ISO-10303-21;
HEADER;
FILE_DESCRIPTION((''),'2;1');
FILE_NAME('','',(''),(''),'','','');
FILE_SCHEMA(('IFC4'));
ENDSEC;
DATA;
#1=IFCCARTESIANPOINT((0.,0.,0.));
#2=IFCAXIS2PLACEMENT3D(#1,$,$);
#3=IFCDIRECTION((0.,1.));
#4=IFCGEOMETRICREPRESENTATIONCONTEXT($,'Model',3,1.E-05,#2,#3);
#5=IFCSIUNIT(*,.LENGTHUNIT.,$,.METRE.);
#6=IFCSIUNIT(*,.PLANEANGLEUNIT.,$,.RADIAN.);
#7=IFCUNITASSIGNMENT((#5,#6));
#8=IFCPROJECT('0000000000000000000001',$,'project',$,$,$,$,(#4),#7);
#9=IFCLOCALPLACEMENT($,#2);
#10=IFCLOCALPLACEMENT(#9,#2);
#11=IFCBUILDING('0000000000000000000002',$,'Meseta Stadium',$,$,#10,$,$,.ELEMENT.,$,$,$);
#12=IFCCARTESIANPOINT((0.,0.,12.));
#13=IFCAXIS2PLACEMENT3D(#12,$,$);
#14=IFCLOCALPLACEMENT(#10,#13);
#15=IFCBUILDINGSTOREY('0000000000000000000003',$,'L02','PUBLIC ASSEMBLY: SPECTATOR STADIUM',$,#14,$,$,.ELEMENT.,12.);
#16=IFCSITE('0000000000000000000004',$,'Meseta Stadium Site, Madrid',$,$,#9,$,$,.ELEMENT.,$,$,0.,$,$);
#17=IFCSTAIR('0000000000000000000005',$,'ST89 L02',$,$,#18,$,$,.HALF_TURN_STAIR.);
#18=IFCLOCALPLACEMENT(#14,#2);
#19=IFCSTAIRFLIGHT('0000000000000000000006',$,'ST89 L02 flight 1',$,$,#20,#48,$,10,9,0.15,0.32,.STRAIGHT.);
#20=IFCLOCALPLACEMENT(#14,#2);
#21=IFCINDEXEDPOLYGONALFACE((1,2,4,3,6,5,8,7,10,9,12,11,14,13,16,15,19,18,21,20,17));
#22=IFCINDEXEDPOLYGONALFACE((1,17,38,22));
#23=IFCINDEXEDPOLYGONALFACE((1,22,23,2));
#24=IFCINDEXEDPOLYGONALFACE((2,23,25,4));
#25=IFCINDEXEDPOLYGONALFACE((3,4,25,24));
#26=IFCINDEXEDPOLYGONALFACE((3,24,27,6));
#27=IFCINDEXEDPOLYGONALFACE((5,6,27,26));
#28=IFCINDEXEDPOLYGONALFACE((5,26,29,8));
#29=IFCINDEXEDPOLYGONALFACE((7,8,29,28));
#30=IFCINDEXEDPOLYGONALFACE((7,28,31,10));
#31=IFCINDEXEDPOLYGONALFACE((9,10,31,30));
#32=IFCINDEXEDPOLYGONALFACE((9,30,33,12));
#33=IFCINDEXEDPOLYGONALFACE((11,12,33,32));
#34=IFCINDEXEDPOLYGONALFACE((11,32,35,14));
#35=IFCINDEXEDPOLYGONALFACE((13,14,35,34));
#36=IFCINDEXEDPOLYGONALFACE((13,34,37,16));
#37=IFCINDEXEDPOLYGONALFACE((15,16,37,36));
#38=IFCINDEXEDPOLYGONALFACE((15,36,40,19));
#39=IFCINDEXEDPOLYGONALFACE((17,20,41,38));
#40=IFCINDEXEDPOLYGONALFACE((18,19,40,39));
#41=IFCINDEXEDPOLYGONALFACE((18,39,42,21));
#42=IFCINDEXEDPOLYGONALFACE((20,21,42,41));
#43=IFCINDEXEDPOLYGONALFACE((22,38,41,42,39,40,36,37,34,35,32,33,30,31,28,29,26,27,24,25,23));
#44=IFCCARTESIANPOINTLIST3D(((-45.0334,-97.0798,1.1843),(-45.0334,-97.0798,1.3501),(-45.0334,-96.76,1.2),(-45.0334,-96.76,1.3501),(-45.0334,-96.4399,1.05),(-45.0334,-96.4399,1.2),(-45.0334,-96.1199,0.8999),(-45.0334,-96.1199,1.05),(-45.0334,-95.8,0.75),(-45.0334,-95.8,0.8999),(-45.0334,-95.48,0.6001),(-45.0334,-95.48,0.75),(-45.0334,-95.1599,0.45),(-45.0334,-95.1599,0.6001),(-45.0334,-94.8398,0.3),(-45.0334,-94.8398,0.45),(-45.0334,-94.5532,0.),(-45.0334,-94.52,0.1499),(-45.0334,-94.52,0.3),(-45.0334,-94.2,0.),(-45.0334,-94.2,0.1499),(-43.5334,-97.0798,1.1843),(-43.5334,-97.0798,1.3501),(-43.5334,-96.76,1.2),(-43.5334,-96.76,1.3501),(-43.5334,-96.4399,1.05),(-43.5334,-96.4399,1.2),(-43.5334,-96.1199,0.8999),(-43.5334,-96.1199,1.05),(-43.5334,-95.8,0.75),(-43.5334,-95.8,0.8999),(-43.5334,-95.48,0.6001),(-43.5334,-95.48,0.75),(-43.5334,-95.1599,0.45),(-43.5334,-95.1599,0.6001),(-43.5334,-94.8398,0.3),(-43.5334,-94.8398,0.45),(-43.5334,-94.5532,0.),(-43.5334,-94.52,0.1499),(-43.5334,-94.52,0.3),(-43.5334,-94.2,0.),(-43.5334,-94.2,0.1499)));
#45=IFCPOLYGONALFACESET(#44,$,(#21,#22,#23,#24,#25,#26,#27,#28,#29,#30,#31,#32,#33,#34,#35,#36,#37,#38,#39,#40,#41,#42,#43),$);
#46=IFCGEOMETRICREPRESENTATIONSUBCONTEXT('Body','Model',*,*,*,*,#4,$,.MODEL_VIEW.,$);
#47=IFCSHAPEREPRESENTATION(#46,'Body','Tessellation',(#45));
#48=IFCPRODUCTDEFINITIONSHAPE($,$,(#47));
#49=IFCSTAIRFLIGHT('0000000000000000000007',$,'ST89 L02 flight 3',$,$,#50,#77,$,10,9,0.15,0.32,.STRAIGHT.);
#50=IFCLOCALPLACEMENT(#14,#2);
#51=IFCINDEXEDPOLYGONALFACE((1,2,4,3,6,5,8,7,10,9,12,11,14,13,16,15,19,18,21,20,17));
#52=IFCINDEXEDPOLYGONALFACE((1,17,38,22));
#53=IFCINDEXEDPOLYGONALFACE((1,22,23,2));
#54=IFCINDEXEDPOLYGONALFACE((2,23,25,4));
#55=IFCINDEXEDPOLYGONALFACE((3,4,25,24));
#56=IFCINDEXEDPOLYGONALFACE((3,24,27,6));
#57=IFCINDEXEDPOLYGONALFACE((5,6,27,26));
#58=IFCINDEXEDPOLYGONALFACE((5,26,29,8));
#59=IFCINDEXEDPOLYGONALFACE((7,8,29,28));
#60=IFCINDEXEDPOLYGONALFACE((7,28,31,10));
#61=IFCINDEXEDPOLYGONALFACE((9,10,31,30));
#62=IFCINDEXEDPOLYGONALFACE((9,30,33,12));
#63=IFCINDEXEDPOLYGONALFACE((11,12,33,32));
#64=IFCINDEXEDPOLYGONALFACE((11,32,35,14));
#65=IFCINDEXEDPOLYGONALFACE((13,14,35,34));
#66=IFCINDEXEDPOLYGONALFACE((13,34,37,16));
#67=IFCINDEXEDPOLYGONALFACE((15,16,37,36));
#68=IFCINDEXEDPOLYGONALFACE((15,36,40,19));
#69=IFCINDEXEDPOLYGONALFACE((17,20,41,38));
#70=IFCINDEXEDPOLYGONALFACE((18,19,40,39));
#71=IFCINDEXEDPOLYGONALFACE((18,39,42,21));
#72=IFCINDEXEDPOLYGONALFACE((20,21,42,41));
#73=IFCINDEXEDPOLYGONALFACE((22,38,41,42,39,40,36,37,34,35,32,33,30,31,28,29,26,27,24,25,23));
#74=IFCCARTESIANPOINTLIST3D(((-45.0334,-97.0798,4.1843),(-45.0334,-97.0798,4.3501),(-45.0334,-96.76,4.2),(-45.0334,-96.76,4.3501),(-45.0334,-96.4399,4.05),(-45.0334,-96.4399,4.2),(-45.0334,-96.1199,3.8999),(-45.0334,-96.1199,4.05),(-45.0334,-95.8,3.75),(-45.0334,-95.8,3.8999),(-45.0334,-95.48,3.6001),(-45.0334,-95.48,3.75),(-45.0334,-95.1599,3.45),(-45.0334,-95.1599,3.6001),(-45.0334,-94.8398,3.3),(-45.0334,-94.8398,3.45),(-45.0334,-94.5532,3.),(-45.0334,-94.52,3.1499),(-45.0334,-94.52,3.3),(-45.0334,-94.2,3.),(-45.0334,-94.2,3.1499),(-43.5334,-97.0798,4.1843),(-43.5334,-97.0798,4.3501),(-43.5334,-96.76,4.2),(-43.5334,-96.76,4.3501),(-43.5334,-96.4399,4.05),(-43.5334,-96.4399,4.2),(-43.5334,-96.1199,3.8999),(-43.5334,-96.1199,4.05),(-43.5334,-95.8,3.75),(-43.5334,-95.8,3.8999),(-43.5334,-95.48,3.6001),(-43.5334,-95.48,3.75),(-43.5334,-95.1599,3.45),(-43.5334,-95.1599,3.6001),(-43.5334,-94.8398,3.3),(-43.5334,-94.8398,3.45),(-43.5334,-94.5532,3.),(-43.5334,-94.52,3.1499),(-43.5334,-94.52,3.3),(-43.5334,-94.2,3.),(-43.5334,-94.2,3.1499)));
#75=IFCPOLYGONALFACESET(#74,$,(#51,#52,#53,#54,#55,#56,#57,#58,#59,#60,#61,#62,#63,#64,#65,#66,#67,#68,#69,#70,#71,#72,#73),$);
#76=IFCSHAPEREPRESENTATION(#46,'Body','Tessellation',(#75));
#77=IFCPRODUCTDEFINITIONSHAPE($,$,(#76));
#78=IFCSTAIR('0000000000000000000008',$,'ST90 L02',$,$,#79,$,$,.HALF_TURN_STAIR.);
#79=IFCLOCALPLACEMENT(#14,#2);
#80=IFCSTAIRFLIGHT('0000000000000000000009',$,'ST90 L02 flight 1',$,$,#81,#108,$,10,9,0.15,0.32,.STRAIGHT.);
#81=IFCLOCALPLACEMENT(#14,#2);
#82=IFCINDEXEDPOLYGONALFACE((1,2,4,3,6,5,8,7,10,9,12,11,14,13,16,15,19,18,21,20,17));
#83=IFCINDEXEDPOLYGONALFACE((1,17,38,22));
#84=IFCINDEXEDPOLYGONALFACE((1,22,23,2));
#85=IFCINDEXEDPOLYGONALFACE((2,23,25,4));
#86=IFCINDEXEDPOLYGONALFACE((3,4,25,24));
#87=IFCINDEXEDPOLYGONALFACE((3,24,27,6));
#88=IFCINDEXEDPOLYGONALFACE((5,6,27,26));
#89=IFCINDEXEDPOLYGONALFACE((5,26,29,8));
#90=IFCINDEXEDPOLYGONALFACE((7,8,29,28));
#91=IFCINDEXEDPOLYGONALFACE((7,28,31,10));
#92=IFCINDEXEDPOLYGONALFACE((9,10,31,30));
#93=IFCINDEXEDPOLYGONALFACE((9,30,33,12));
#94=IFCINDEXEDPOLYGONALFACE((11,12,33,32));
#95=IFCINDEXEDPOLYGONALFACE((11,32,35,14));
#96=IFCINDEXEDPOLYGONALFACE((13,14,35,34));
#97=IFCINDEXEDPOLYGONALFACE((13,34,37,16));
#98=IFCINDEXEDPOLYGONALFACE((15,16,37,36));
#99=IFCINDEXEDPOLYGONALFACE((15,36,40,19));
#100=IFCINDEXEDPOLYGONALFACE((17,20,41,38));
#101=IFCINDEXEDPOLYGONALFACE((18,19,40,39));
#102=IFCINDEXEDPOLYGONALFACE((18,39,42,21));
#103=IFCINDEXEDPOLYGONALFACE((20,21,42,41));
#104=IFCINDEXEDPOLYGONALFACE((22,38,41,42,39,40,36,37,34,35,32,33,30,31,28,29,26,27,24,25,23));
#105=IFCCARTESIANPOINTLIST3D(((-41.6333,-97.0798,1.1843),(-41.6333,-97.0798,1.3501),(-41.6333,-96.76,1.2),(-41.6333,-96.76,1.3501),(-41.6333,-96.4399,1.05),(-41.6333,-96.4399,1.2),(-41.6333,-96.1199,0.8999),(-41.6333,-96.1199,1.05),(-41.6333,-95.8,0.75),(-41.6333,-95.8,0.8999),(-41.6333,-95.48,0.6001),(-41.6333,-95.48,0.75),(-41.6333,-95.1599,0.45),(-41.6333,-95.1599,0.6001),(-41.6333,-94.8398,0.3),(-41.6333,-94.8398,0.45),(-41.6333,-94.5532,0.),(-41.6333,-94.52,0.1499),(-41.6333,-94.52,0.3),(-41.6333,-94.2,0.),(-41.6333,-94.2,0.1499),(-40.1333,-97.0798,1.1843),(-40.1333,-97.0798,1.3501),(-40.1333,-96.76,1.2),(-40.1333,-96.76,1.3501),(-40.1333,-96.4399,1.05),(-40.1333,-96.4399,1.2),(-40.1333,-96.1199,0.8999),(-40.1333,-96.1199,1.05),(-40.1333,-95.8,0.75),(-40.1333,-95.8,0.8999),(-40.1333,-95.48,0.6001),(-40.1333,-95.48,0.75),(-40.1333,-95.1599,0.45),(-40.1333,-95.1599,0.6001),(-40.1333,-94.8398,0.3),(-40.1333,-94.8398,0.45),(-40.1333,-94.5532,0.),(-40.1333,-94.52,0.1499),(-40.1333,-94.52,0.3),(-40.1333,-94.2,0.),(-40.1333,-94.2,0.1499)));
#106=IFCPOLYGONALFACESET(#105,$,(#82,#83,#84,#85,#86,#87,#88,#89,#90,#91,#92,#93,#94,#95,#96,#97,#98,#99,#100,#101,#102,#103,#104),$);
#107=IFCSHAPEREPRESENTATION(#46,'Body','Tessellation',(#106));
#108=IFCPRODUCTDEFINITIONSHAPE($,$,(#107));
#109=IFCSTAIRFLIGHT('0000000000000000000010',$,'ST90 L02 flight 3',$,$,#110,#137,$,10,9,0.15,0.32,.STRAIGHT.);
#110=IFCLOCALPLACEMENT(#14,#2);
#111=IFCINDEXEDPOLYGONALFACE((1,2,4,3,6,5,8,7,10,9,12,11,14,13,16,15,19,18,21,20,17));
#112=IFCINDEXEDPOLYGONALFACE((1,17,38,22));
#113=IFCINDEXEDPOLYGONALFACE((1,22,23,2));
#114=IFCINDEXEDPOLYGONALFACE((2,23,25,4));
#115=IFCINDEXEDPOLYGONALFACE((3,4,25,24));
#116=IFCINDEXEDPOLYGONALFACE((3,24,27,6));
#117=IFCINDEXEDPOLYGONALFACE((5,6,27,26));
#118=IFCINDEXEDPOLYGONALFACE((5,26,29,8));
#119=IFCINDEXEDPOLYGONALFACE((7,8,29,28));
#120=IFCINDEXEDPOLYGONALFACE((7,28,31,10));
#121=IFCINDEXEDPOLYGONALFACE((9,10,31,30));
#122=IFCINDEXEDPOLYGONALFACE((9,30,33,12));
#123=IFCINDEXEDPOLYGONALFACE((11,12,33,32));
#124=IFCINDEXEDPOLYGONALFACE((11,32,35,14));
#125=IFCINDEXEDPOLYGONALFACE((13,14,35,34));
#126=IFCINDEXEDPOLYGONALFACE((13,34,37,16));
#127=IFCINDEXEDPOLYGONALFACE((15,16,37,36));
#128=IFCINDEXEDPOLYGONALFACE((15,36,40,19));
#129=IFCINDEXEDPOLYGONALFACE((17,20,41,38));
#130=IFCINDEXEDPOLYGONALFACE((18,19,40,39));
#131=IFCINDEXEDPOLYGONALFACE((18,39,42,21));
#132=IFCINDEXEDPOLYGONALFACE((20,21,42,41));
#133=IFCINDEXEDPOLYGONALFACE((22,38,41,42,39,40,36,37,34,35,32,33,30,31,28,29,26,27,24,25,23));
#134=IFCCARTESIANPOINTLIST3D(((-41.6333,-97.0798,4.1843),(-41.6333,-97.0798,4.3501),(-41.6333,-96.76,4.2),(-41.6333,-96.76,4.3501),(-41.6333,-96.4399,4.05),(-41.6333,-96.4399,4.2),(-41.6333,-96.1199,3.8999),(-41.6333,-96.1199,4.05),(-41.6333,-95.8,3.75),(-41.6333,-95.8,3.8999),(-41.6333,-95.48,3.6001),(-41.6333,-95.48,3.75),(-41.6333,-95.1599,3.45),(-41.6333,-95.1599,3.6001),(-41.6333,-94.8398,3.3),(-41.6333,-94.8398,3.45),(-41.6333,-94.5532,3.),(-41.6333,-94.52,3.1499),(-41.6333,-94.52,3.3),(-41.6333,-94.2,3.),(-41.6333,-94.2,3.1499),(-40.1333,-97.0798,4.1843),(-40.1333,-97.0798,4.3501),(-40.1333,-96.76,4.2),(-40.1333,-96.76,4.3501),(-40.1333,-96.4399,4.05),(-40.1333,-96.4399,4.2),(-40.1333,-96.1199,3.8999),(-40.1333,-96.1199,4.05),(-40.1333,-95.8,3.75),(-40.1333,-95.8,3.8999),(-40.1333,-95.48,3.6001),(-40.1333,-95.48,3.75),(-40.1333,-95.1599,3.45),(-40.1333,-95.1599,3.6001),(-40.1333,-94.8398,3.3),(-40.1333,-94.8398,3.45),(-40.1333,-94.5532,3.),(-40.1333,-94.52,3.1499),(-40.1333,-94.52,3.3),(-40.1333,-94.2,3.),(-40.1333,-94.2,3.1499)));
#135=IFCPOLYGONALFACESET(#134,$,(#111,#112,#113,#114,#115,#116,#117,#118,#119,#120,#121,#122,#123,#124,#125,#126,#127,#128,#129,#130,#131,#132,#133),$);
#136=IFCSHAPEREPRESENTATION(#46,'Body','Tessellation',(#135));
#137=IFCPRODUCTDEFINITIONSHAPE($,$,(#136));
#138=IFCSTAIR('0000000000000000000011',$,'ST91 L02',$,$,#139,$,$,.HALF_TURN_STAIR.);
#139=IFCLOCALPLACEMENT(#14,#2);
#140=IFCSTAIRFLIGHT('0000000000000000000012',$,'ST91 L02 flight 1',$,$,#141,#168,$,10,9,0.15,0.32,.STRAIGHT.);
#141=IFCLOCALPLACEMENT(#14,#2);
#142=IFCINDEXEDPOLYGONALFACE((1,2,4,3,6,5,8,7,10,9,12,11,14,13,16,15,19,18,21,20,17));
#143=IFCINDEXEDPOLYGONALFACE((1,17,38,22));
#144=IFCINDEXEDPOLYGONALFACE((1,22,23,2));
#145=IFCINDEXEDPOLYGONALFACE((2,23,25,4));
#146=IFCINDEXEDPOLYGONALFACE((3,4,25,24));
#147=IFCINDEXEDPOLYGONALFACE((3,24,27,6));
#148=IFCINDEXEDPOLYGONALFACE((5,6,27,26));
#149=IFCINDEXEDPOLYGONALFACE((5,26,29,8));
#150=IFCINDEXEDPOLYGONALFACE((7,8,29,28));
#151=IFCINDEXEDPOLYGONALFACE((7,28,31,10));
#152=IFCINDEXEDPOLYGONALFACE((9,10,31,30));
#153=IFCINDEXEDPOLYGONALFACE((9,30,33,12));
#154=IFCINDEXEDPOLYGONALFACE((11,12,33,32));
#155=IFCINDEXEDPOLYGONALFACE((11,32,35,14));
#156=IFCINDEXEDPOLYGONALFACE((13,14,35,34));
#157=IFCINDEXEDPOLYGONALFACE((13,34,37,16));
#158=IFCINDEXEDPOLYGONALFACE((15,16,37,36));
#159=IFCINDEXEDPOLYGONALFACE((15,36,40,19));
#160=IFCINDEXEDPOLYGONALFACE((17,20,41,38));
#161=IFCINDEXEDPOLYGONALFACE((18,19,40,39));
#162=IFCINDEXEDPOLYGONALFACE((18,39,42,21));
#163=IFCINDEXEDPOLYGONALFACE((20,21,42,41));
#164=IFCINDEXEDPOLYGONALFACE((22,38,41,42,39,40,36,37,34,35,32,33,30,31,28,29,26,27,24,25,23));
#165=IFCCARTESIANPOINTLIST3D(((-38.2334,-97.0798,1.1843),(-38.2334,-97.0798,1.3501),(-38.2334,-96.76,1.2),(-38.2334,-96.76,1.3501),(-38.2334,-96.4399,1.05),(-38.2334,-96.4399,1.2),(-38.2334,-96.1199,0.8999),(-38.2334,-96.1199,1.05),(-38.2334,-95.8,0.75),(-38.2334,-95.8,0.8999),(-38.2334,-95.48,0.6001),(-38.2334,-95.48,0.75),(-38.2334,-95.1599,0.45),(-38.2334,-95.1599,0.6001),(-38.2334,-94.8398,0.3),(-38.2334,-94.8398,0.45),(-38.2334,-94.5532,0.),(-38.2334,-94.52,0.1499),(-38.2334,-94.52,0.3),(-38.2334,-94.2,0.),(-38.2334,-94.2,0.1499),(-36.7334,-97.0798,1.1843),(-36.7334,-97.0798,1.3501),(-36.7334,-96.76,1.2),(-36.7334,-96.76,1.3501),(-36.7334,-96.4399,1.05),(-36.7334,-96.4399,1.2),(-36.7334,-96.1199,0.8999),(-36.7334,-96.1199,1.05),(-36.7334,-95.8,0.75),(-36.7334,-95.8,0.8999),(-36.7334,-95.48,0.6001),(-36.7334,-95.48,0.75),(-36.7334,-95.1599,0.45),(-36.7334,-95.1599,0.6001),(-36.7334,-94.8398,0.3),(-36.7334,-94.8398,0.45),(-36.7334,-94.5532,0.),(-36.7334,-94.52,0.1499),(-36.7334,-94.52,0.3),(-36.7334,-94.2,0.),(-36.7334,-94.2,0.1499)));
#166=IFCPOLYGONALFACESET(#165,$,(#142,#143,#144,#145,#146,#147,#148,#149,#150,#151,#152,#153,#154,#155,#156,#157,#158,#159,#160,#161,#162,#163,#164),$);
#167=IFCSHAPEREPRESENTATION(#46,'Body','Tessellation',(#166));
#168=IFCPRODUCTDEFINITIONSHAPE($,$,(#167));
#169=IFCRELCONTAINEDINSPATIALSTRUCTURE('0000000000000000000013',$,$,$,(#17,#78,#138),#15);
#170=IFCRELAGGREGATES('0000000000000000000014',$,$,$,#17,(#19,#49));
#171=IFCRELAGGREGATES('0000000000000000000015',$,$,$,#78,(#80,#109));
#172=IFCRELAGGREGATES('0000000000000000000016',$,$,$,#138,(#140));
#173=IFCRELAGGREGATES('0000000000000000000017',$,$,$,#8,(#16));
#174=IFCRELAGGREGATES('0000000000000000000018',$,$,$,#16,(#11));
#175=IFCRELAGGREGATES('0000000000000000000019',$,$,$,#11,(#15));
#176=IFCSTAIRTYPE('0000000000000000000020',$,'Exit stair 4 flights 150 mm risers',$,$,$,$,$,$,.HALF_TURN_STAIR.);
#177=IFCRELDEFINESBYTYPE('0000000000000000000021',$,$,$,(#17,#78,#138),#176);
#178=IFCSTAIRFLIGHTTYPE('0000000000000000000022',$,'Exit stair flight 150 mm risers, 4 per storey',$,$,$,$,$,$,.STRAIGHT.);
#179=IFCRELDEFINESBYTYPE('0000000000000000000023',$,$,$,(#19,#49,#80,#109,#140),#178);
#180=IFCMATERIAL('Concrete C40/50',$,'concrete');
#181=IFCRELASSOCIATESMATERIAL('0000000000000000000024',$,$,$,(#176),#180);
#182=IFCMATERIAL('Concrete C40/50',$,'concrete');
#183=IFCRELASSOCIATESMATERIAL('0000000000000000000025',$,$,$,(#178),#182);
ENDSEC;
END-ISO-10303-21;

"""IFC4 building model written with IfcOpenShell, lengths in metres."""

from ifc_helpers import new_model, si_unit, direction, frame, origin, place, context, subcontext, project, spatial, polyline, outline, extrude, material, type_object, element, aggregate, save


model = new_model("IFC4")

# Units and contexts
model_context = context("Model", 3, precision=1e-05, world=origin(), true_north=direction((0.0, 1.0)))
body_context = subcontext(model_context, "Body", "Model", "MODEL_VIEW")
ifc_project = project(units=[si_unit("LENGTHUNIT", "METRE"), si_unit("PLANEANGLEUNIT", "RADIAN")], contexts=[model_context])

# Site, building, storey
site_placement = place(None, origin())
site = spatial("IfcSite", under=ifc_project, at=site_placement, Name="Meseta Stadium Site, Madrid", CompositionType="ELEMENT", RefElevation=0.0)
building_placement = place(site_placement, origin())
building = spatial("IfcBuilding", under=site, at=building_placement, Name="Meseta Stadium", CompositionType="ELEMENT")
storey_placement = place(building_placement, frame((0.0, 0.0, 12.0)))
storey = spatial("IfcBuildingStorey", under=building, at=storey_placement, Name="L02", Description="PUBLIC ASSEMBLY: SPECTATOR STADIUM", CompositionType="ELEMENT", Elevation=12.0)

# Stairs, stair flights
ifc_material_1 = material(Name="Concrete C40/50", Category="concrete")
stair_type = type_object("IfcStairType", Name="Exit stair 4 flights 150 mm risers", PredefinedType="HALF_TURN_STAIR", material=ifc_material_1)
stair_1_placement = place(storey_placement, origin())
stair_1 = element("IfcStair", 1, at=stair_1_placement, inside=storey, type_object=stair_type, Name="ST89 L02", PredefinedType="HALF_TURN_STAIR")
ifc_material_2 = material(Name="Concrete C40/50", Category="concrete")
stair_flight_type = type_object("IfcStairFlightType", Name="Exit stair flight 150 mm risers, 4 per storey", PredefinedType="STRAIGHT", material=ifc_material_2)
stair_flight_1_placement = place(storey_placement, frame((-44.2834, -94.2, 0.0), z_axis=(0.0, 0.0, 1.0), x_axis=(0.0, -1.0, 0.0)))
stair_flight_1 = element("IfcStairFlight", 2, at=stair_flight_1_placement, type_object=stair_flight_type, Name="ST89 L02 flight 1", NumberOfRisers=10, NumberOfTreads=9, PredefinedType="STRAIGHT", RiserHeight=0.15, TreadLength=0.32, context=body_context, shape_type="SweptSolid", body=[
    extrude(outline(polyline([(0.0, 0.0), (0.0, 0.1499), (0.3201, 0.1499), (0.3201, 0.3), (0.6399, 0.3), (0.6399, 0.45), (0.96, 0.45), (0.96, 0.6001), (1.28, 0.6001), (1.28, 0.75), (1.6001, 0.75), (1.6001, 0.8999), (1.9199, 0.8999), (1.9199, 1.05), (2.24, 1.05), (2.24, 1.2), (2.5601, 1.2), (2.5601, 1.3501), (2.8799, 1.3501), (2.8799, 1.1843), (0.3533, 0.0), (0.0, 0.0)])), frame((0.0, 0.75, 0.0), z_axis=(0.0, -1.0, 0.0), x_axis=(1.0, 0.0, 0.0)), (0.0, 0.0, 1.0), 1.5),
])
stair_flight_2_placement = place(storey_placement, frame((-44.2834, -94.2, 3.0), z_axis=(0.0, 0.0, 1.0), x_axis=(0.0, -1.0, 0.0)))
stair_flight_2 = element("IfcStairFlight", 3, at=stair_flight_2_placement, type_object=stair_flight_type, Name="ST89 L02 flight 3", NumberOfRisers=10, NumberOfTreads=9, PredefinedType="STRAIGHT", RiserHeight=0.15, TreadLength=0.32, context=body_context, shape_type="SweptSolid", body=[
    extrude(outline(polyline([(0.0, 0.0), (0.0, 0.1499), (0.3201, 0.1499), (0.3201, 0.3), (0.6399, 0.3), (0.6399, 0.45), (0.96, 0.45), (0.96, 0.6001), (1.28, 0.6001), (1.28, 0.75), (1.6001, 0.75), (1.6001, 0.8999), (1.9199, 0.8999), (1.9199, 1.05), (2.24, 1.05), (2.24, 1.2), (2.5601, 1.2), (2.5601, 1.3501), (2.8799, 1.3501), (2.8799, 1.1843), (0.3533, 0.0), (0.0, 0.0)])), frame((0.0, 0.75, 0.0), z_axis=(0.0, -1.0, 0.0), x_axis=(1.0, 0.0, 0.0)), (0.0, 0.0, 1.0), 1.5),
])
aggregate(stair_1, [stair_flight_1, stair_flight_2])
stair_2_placement = place(storey_placement, origin())
stair_2 = element("IfcStair", 4, at=stair_2_placement, inside=storey, type_object=stair_type, Name="ST90 L02", PredefinedType="HALF_TURN_STAIR")
stair_flight_3_placement = place(storey_placement, frame((-40.8833, -94.2, 0.0), z_axis=(0.0, 0.0, 1.0), x_axis=(0.0, -1.0, 0.0)))
stair_flight_3 = element("IfcStairFlight", 5, at=stair_flight_3_placement, type_object=stair_flight_type, Name="ST90 L02 flight 1", NumberOfRisers=10, NumberOfTreads=9, PredefinedType="STRAIGHT", RiserHeight=0.15, TreadLength=0.32, context=body_context, shape_type="SweptSolid", body=[
    extrude(outline(polyline([(0.0, 0.0), (0.0, 0.1499), (0.3201, 0.1499), (0.3201, 0.3), (0.6399, 0.3), (0.6399, 0.45), (0.96, 0.45), (0.96, 0.6001), (1.28, 0.6001), (1.28, 0.75), (1.6001, 0.75), (1.6001, 0.8999), (1.9199, 0.8999), (1.9199, 1.05), (2.24, 1.05), (2.24, 1.2), (2.5601, 1.2), (2.5601, 1.3501), (2.8799, 1.3501), (2.8799, 1.1843), (0.3533, 0.0), (0.0, 0.0)])), frame((0.0, 0.75, 0.0), z_axis=(0.0, -1.0, 0.0), x_axis=(1.0, 0.0, 0.0)), (0.0, 0.0, 1.0), 1.5),
])
stair_flight_4_placement = place(storey_placement, frame((-40.8833, -94.2, 3.0), z_axis=(0.0, 0.0, 1.0), x_axis=(0.0, -1.0, 0.0)))
stair_flight_4 = element("IfcStairFlight", 6, at=stair_flight_4_placement, type_object=stair_flight_type, Name="ST90 L02 flight 3", NumberOfRisers=10, NumberOfTreads=9, PredefinedType="STRAIGHT", RiserHeight=0.15, TreadLength=0.32, context=body_context, shape_type="SweptSolid", body=[
    extrude(outline(polyline([(0.0, 0.0), (0.0, 0.1499), (0.3201, 0.1499), (0.3201, 0.3), (0.6399, 0.3), (0.6399, 0.45), (0.96, 0.45), (0.96, 0.6001), (1.28, 0.6001), (1.28, 0.75), (1.6001, 0.75), (1.6001, 0.8999), (1.9199, 0.8999), (1.9199, 1.05), (2.24, 1.05), (2.24, 1.2), (2.5601, 1.2), (2.5601, 1.3501), (2.8799, 1.3501), (2.8799, 1.1843), (0.3533, 0.0), (0.0, 0.0)])), frame((0.0, 0.75, 0.0), z_axis=(0.0, -1.0, 0.0), x_axis=(1.0, 0.0, 0.0)), (0.0, 0.0, 1.0), 1.5),
])
aggregate(stair_2, [stair_flight_3, stair_flight_4])
stair_3_placement = place(storey_placement, origin())
stair_3 = element("IfcStair", 7, at=stair_3_placement, inside=storey, type_object=stair_type, Name="ST91 L02", PredefinedType="HALF_TURN_STAIR")
stair_flight_5_placement = place(storey_placement, frame((-37.4834, -94.2, 0.0), z_axis=(0.0, 0.0, 1.0), x_axis=(0.0, -1.0, 0.0)))
stair_flight_5 = element("IfcStairFlight", 8, at=stair_flight_5_placement, type_object=stair_flight_type, Name="ST91 L02 flight 1", NumberOfRisers=10, NumberOfTreads=9, PredefinedType="STRAIGHT", RiserHeight=0.15, TreadLength=0.32, context=body_context, shape_type="SweptSolid", body=[
    extrude(outline(polyline([(0.0, 0.0), (0.0, 0.1499), (0.3201, 0.1499), (0.3201, 0.3), (0.6399, 0.3), (0.6399, 0.45), (0.96, 0.45), (0.96, 0.6001), (1.28, 0.6001), (1.28, 0.75), (1.6001, 0.75), (1.6001, 0.8999), (1.9199, 0.8999), (1.9199, 1.05), (2.24, 1.05), (2.24, 1.2), (2.5601, 1.2), (2.5601, 1.3501), (2.8799, 1.3501), (2.8799, 1.1843), (0.3533, 0.0), (0.0, 0.0)])), frame((0.0, 0.75, 0.0), z_axis=(0.0, -1.0, 0.0), x_axis=(1.0, 0.0, 0.0)), (0.0, 0.0, 1.0), 1.5),
])
aggregate(stair_3, [stair_flight_5])

save(model, "model.ifc")
